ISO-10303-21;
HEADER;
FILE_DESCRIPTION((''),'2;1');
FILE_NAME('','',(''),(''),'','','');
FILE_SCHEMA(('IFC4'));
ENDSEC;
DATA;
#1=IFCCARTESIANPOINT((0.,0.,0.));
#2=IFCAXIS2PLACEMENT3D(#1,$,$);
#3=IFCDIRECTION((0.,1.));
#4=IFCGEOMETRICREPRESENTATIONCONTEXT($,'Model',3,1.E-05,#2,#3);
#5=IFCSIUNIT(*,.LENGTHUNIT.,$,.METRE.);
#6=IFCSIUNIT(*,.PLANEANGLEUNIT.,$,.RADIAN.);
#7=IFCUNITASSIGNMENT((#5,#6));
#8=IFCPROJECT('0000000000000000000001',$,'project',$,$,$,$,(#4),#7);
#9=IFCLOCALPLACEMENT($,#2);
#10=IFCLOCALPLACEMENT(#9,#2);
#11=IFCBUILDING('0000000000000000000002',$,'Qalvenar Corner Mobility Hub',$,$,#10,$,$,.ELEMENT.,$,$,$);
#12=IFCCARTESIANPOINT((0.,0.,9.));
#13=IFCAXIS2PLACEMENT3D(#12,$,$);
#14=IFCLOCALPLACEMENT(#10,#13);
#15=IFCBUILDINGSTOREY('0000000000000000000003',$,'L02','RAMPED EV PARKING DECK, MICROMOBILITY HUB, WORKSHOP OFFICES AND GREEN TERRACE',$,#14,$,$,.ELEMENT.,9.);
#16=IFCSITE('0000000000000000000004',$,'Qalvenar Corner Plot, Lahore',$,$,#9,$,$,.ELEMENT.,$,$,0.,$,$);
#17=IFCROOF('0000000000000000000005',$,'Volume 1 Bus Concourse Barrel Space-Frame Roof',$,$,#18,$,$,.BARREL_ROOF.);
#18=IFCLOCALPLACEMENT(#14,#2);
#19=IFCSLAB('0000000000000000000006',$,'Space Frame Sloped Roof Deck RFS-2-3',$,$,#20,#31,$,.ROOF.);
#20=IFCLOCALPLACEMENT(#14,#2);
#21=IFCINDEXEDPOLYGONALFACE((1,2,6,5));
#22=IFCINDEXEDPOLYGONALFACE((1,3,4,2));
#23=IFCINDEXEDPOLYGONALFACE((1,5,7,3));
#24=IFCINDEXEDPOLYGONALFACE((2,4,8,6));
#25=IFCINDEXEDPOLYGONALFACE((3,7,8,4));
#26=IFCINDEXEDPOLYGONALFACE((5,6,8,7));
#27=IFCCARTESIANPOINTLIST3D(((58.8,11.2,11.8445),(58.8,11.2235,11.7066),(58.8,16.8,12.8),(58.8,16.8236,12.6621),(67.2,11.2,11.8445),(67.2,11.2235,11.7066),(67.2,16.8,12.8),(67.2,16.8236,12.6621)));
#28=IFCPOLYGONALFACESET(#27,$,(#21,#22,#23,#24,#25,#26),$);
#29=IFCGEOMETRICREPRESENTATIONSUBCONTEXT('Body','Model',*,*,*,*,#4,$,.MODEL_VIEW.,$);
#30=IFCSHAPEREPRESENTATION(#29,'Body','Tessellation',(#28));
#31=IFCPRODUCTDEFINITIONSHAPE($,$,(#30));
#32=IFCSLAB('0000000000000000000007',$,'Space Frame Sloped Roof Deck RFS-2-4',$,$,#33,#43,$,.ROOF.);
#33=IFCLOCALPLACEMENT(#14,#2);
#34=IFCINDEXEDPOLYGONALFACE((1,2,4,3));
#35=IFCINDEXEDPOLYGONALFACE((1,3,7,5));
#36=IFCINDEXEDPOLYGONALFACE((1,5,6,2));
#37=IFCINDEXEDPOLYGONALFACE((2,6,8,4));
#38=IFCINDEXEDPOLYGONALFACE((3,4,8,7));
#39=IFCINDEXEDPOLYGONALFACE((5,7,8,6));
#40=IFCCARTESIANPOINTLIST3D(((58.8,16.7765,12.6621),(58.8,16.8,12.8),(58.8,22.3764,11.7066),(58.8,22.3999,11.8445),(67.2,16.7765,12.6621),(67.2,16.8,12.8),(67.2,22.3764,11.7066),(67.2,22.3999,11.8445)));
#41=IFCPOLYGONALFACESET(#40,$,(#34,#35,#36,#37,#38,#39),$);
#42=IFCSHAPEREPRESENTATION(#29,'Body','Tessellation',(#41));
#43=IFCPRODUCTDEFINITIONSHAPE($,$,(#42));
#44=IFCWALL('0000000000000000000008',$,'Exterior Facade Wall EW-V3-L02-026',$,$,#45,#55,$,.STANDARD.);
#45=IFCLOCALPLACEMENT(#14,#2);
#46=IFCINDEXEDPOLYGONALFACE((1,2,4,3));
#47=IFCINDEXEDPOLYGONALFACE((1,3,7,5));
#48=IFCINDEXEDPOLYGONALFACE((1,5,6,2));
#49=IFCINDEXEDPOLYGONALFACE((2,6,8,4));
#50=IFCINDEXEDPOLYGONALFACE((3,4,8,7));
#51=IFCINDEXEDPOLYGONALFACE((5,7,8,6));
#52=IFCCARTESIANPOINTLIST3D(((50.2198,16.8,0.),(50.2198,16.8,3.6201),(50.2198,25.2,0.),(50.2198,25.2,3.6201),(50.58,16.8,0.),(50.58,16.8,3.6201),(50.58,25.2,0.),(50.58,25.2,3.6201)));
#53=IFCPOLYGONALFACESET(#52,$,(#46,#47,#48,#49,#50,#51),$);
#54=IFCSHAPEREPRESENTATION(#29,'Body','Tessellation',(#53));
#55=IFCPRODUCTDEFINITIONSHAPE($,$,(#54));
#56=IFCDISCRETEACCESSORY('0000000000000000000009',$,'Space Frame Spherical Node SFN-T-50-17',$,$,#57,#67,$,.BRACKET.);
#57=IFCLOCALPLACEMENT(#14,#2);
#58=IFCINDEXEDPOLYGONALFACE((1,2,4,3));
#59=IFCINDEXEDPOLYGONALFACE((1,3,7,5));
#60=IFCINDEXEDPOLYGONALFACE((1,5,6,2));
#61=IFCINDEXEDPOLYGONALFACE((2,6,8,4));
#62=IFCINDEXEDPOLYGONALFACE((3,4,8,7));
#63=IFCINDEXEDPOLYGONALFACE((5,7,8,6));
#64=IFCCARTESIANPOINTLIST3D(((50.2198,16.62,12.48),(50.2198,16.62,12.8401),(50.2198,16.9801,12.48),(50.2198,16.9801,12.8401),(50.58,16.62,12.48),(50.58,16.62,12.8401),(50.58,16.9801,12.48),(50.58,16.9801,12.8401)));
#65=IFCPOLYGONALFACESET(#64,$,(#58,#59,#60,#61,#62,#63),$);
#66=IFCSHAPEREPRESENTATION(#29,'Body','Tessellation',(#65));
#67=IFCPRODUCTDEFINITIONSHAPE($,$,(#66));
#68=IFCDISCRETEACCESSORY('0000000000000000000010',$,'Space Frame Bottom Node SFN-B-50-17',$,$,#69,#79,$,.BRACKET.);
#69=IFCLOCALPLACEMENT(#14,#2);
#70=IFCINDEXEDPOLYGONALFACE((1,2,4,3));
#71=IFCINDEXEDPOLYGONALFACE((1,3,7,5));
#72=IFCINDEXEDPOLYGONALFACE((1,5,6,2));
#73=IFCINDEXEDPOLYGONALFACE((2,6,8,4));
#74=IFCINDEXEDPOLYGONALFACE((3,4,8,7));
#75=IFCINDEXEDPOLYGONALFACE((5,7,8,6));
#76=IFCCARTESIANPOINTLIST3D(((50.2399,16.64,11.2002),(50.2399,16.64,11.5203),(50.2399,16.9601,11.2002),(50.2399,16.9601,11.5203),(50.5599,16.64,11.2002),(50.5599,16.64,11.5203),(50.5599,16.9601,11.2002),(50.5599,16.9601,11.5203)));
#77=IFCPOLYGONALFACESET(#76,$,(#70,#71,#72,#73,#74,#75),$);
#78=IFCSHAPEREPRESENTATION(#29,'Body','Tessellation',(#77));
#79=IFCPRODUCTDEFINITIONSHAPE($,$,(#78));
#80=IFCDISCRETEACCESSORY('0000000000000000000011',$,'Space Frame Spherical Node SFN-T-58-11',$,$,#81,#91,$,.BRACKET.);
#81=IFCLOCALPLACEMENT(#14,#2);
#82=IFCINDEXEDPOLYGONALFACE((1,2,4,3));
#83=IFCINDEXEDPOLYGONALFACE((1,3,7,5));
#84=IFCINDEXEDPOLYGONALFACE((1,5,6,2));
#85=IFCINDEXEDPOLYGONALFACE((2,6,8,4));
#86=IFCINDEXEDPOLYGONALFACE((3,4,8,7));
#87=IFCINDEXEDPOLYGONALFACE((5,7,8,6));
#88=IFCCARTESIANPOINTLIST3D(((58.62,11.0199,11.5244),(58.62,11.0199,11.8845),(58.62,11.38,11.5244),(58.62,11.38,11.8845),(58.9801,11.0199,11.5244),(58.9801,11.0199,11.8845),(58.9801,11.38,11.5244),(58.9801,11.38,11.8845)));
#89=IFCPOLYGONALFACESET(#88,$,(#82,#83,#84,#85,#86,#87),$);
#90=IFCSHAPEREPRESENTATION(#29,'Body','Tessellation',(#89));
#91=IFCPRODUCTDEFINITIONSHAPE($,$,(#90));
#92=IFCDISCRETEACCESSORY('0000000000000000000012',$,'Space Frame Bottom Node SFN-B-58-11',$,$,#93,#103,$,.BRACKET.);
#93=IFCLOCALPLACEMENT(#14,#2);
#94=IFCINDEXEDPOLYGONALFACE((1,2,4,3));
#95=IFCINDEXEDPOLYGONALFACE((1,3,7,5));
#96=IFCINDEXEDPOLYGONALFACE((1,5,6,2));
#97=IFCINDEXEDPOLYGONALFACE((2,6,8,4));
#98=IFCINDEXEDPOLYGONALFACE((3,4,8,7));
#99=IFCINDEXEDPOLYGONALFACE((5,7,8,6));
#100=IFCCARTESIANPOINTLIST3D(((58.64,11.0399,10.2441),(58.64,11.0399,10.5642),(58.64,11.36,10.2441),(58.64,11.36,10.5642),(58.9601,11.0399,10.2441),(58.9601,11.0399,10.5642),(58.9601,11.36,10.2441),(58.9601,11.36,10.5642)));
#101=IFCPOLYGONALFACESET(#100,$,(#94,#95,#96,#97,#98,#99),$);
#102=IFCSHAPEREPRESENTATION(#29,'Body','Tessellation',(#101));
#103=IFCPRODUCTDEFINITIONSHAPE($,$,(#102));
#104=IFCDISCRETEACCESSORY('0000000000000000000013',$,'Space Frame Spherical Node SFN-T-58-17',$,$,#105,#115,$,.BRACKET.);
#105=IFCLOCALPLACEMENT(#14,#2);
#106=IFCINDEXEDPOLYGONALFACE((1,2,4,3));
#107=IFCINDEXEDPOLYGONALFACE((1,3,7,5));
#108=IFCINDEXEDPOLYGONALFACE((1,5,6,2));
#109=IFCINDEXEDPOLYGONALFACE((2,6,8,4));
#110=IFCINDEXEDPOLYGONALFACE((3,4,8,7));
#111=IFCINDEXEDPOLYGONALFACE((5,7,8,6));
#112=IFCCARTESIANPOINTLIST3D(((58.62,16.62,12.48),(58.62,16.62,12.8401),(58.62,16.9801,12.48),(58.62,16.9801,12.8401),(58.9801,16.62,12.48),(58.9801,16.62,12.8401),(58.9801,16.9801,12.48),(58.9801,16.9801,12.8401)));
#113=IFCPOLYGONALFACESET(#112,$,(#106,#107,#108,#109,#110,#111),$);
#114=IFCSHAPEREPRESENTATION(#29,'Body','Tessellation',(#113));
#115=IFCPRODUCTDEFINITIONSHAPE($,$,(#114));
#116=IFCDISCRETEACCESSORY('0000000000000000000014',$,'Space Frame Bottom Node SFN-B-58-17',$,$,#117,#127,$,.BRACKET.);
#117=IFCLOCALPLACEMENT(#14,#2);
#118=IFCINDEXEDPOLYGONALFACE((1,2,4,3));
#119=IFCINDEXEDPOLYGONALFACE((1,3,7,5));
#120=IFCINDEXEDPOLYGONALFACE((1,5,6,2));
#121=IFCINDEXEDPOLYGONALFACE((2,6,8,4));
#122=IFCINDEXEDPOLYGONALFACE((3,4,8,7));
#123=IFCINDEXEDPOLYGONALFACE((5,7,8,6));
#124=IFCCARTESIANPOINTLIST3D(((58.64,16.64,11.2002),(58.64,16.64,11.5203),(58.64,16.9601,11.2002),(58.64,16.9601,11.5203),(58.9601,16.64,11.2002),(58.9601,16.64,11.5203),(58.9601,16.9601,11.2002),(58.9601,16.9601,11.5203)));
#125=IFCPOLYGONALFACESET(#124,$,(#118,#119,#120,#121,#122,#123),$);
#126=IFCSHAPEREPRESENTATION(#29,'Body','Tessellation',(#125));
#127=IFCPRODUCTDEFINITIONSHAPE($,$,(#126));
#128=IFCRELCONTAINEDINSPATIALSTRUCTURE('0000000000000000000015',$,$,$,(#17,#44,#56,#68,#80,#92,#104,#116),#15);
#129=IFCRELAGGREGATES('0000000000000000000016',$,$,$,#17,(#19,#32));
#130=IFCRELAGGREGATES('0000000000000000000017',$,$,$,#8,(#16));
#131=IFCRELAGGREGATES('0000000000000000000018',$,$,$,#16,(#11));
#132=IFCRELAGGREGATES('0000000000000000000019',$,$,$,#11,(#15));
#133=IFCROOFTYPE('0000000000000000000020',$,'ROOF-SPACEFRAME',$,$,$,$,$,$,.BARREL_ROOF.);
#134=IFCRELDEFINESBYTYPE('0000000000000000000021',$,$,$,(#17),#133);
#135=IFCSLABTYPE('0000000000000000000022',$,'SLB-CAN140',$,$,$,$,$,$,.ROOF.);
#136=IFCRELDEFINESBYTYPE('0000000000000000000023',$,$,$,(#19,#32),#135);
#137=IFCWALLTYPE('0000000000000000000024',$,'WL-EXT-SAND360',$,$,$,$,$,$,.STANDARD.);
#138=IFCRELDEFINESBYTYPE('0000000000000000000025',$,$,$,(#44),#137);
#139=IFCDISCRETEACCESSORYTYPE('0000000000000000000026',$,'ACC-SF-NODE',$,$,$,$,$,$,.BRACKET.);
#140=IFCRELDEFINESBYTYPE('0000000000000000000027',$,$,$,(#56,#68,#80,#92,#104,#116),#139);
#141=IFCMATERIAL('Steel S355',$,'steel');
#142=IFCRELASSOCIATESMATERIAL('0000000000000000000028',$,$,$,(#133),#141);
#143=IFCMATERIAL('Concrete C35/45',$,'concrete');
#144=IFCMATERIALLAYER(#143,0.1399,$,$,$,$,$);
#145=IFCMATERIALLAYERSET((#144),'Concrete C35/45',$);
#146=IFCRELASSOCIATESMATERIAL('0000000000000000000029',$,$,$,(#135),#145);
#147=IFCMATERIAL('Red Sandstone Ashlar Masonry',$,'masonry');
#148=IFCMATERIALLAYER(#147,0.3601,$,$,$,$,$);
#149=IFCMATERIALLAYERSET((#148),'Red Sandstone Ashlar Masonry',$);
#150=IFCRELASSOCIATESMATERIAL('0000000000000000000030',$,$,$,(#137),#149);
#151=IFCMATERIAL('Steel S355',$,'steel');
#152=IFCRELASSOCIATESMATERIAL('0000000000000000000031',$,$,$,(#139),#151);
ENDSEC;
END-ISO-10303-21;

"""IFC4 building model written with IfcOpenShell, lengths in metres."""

from ifc_helpers import new_model, si_unit, direction, frame, frame_2d, origin, origin_2d, place, context, subcontext, project, spatial, polyline, rectangle, outline, extrude, material, layer, layer_set, type_object, element, aggregate, save


model = new_model("IFC4")

# Units and contexts
model_context = context("Model", 3, precision=1e-05, world=origin(), true_north=direction((0.0, 1.0)))
body_context = subcontext(model_context, "Body", "Model", "MODEL_VIEW")
ifc_project = project(units=[si_unit("LENGTHUNIT", "METRE"), si_unit("PLANEANGLEUNIT", "RADIAN")], contexts=[model_context])

# Site, building, storey
site_placement = place(None, origin())
site = spatial("IfcSite", under=ifc_project, at=site_placement, Name="Qalvenar Corner Plot, Lahore", CompositionType="ELEMENT", RefElevation=0.0)
building_placement = place(site_placement, origin())
building = spatial("IfcBuilding", under=site, at=building_placement, Name="Qalvenar Corner Mobility Hub", CompositionType="ELEMENT")
storey_placement = place(building_placement, frame((0.0, 0.0, 9.0)))
storey = spatial("IfcBuildingStorey", under=building, at=storey_placement, Name="L02", Description="RAMPED EV PARKING DECK, MICROMOBILITY HUB, WORKSHOP OFFICES AND GREEN TERRACE", CompositionType="ELEMENT", Elevation=9.0)

# Shared definitions
ifc_material_1 = material(Name="Steel S355", Category="steel")

# Roof, slabs
roof_type = type_object("IfcRoofType", Name="ROOF-SPACEFRAME", PredefinedType="BARREL_ROOF", material=ifc_material_1)
roof_placement = place(storey_placement, origin())
roof = element("IfcRoof", 1, at=roof_placement, inside=storey, type_object=roof_type, Name="Volume 1 Bus Concourse Barrel Space-Frame Roof", PredefinedType="BARREL_ROOF")
ifc_material_2 = material(Name="Concrete C35/45", Category="concrete")
ifc_layer_1 = layer(ifc_material_2, 0.1399)
ifc_layer_set_1 = layer_set([ifc_layer_1], Name="Concrete C35/45")
slab_type = type_object("IfcSlabType", Name="SLB-CAN140", PredefinedType="ROOF", material=ifc_layer_set_1)
slab_1_placement = place(storey_placement, frame((58.8, 11.2, 11.8445), z_axis=(0.0, -0.168203, 0.985752), x_axis=(1.0, 0.0, 0.0)))
slab_1 = element("IfcSlab", 2, at=slab_1_placement, type_object=slab_type, Name="Space Frame Sloped Roof Deck RFS-2-3", PredefinedType="ROOF", context=body_context, shape_type="SweptSolid", body=[
    extrude(outline(polyline([(0.0, 0.0), (8.3999, 0.0), (8.3999, 5.681), (0.0, 5.681), (0.0, 0.0)])), origin(), (0.0, 0.0, -1.0), 0.1399),
])
slab_2_placement = place(storey_placement, frame((58.8, 16.8, 12.8), z_axis=(0.0, 0.16821, 0.985751), x_axis=(1.0, 0.0, 0.0)))
slab_2 = element("IfcSlab", 3, at=slab_2_placement, type_object=slab_type, Name="Space Frame Sloped Roof Deck RFS-2-4", PredefinedType="ROOF", context=body_context, shape_type="SweptSolid", body=[
    extrude(outline(polyline([(0.0, 0.0), (8.3999, 0.0), (8.3999, 5.6808), (0.0, 5.6808), (0.0, 0.0)])), origin(), (0.0, 0.0, -1.0), 0.1399),
])
aggregate(roof, [slab_1, slab_2])

# Wall
ifc_material_3 = material(Name="Red Sandstone Ashlar Masonry", Category="masonry")
ifc_layer_2 = layer(ifc_material_3, 0.3601)
ifc_layer_set_2 = layer_set([ifc_layer_2], Name="Red Sandstone Ashlar Masonry")
wall_type = type_object("IfcWallType", Name="WL-EXT-SAND360", PredefinedType="STANDARD", material=ifc_layer_set_2)
wall_placement = place(storey_placement, frame((50.3999, 16.8, 0.0), z_axis=(0.0, 0.0, 1.0), x_axis=(0.0, 1.0, 0.0)))
element("IfcWall", 4, at=wall_placement, inside=storey, type_object=wall_type, Name="Exterior Facade Wall EW-V3-L02-026", PredefinedType="STANDARD", context=body_context, shape_type="SweptSolid", body=[
    extrude(rectangle(XDim=8.3999, YDim=0.3601, at=frame_2d((4.2, 0.0))), origin(), (0.0, 0.0, 1.0), 3.6201),
])

# Discrete accessories
ifc_material_4 = material(Name="Steel S355", Category="steel")
discrete_accessory_type = type_object("IfcDiscreteAccessoryType", Name="ACC-SF-NODE", PredefinedType="BRACKET", material=ifc_material_4)
discrete_accessory_1_placement = place(storey_placement, frame((50.3999, 16.8, 12.48), z_axis=(0.0, 0.0, 1.0), x_axis=(1.0, 0.0, 0.0)))
element("IfcDiscreteAccessory", 5, at=discrete_accessory_1_placement, inside=storey, type_object=discrete_accessory_type, Name="Space Frame Spherical Node SFN-T-50-17", PredefinedType="BRACKET", context=body_context, shape_type="SweptSolid", body=[
    extrude(rectangle(XDim=0.3601, YDim=0.3601, at=origin_2d()), origin(), (0.0, 0.0, 1.0), 0.3601),
])
discrete_accessory_2_placement = place(storey_placement, frame((50.3999, 16.8, 11.2002), z_axis=(0.0, 0.0, 1.0), x_axis=(1.0, 0.0, 0.0)))
element("IfcDiscreteAccessory", 6, at=discrete_accessory_2_placement, inside=storey, type_object=discrete_accessory_type, Name="Space Frame Bottom Node SFN-B-50-17", PredefinedType="BRACKET", context=body_context, shape_type="SweptSolid", body=[
    extrude(rectangle(XDim=0.3201, YDim=0.3201, at=origin_2d()), origin(), (0.0, 0.0, 1.0), 0.3201),
])
discrete_accessory_3_placement = place(storey_placement, frame((58.8, 11.2, 11.5244), z_axis=(0.0, 0.0, 1.0), x_axis=(1.0, 0.0, 0.0)))
element("IfcDiscreteAccessory", 7, at=discrete_accessory_3_placement, inside=storey, type_object=discrete_accessory_type, Name="Space Frame Spherical Node SFN-T-58-11", PredefinedType="BRACKET", context=body_context, shape_type="SweptSolid", body=[
    extrude(rectangle(XDim=0.3601, YDim=0.3601, at=origin_2d()), origin(), (0.0, 0.0, 1.0), 0.3601),
])
discrete_accessory_4_placement = place(storey_placement, frame((58.8, 11.2, 10.2441), z_axis=(0.0, 0.0, 1.0), x_axis=(1.0, 0.0, 0.0)))
element("IfcDiscreteAccessory", 8, at=discrete_accessory_4_placement, inside=storey, type_object=discrete_accessory_type, Name="Space Frame Bottom Node SFN-B-58-11", PredefinedType="BRACKET", context=body_context, shape_type="SweptSolid", body=[
    extrude(rectangle(XDim=0.3201, YDim=0.3201, at=origin_2d()), origin(), (0.0, 0.0, 1.0), 0.3201),
])
discrete_accessory_5_placement = place(storey_placement, frame((58.8, 16.8, 12.48), z_axis=(0.0, 0.0, 1.0), x_axis=(1.0, 0.0, 0.0)))
element("IfcDiscreteAccessory", 9, at=discrete_accessory_5_placement, inside=storey, type_object=discrete_accessory_type, Name="Space Frame Spherical Node SFN-T-58-17", PredefinedType="BRACKET", context=body_context, shape_type="SweptSolid", body=[
    extrude(rectangle(XDim=0.3601, YDim=0.3601, at=origin_2d()), origin(), (0.0, 0.0, 1.0), 0.3601),
])
discrete_accessory_6_placement = place(storey_placement, frame((58.8, 16.8, 11.2002), z_axis=(0.0, 0.0, 1.0), x_axis=(1.0, 0.0, 0.0)))
element("IfcDiscreteAccessory", 10, at=discrete_accessory_6_placement, inside=storey, type_object=discrete_accessory_type, Name="Space Frame Bottom Node SFN-B-58-17", PredefinedType="BRACKET", context=body_context, shape_type="SweptSolid", body=[
    extrude(rectangle(XDim=0.3201, YDim=0.3201, at=origin_2d()), origin(), (0.0, 0.0, 1.0), 0.3201),
])

save(model, "model.ifc")
